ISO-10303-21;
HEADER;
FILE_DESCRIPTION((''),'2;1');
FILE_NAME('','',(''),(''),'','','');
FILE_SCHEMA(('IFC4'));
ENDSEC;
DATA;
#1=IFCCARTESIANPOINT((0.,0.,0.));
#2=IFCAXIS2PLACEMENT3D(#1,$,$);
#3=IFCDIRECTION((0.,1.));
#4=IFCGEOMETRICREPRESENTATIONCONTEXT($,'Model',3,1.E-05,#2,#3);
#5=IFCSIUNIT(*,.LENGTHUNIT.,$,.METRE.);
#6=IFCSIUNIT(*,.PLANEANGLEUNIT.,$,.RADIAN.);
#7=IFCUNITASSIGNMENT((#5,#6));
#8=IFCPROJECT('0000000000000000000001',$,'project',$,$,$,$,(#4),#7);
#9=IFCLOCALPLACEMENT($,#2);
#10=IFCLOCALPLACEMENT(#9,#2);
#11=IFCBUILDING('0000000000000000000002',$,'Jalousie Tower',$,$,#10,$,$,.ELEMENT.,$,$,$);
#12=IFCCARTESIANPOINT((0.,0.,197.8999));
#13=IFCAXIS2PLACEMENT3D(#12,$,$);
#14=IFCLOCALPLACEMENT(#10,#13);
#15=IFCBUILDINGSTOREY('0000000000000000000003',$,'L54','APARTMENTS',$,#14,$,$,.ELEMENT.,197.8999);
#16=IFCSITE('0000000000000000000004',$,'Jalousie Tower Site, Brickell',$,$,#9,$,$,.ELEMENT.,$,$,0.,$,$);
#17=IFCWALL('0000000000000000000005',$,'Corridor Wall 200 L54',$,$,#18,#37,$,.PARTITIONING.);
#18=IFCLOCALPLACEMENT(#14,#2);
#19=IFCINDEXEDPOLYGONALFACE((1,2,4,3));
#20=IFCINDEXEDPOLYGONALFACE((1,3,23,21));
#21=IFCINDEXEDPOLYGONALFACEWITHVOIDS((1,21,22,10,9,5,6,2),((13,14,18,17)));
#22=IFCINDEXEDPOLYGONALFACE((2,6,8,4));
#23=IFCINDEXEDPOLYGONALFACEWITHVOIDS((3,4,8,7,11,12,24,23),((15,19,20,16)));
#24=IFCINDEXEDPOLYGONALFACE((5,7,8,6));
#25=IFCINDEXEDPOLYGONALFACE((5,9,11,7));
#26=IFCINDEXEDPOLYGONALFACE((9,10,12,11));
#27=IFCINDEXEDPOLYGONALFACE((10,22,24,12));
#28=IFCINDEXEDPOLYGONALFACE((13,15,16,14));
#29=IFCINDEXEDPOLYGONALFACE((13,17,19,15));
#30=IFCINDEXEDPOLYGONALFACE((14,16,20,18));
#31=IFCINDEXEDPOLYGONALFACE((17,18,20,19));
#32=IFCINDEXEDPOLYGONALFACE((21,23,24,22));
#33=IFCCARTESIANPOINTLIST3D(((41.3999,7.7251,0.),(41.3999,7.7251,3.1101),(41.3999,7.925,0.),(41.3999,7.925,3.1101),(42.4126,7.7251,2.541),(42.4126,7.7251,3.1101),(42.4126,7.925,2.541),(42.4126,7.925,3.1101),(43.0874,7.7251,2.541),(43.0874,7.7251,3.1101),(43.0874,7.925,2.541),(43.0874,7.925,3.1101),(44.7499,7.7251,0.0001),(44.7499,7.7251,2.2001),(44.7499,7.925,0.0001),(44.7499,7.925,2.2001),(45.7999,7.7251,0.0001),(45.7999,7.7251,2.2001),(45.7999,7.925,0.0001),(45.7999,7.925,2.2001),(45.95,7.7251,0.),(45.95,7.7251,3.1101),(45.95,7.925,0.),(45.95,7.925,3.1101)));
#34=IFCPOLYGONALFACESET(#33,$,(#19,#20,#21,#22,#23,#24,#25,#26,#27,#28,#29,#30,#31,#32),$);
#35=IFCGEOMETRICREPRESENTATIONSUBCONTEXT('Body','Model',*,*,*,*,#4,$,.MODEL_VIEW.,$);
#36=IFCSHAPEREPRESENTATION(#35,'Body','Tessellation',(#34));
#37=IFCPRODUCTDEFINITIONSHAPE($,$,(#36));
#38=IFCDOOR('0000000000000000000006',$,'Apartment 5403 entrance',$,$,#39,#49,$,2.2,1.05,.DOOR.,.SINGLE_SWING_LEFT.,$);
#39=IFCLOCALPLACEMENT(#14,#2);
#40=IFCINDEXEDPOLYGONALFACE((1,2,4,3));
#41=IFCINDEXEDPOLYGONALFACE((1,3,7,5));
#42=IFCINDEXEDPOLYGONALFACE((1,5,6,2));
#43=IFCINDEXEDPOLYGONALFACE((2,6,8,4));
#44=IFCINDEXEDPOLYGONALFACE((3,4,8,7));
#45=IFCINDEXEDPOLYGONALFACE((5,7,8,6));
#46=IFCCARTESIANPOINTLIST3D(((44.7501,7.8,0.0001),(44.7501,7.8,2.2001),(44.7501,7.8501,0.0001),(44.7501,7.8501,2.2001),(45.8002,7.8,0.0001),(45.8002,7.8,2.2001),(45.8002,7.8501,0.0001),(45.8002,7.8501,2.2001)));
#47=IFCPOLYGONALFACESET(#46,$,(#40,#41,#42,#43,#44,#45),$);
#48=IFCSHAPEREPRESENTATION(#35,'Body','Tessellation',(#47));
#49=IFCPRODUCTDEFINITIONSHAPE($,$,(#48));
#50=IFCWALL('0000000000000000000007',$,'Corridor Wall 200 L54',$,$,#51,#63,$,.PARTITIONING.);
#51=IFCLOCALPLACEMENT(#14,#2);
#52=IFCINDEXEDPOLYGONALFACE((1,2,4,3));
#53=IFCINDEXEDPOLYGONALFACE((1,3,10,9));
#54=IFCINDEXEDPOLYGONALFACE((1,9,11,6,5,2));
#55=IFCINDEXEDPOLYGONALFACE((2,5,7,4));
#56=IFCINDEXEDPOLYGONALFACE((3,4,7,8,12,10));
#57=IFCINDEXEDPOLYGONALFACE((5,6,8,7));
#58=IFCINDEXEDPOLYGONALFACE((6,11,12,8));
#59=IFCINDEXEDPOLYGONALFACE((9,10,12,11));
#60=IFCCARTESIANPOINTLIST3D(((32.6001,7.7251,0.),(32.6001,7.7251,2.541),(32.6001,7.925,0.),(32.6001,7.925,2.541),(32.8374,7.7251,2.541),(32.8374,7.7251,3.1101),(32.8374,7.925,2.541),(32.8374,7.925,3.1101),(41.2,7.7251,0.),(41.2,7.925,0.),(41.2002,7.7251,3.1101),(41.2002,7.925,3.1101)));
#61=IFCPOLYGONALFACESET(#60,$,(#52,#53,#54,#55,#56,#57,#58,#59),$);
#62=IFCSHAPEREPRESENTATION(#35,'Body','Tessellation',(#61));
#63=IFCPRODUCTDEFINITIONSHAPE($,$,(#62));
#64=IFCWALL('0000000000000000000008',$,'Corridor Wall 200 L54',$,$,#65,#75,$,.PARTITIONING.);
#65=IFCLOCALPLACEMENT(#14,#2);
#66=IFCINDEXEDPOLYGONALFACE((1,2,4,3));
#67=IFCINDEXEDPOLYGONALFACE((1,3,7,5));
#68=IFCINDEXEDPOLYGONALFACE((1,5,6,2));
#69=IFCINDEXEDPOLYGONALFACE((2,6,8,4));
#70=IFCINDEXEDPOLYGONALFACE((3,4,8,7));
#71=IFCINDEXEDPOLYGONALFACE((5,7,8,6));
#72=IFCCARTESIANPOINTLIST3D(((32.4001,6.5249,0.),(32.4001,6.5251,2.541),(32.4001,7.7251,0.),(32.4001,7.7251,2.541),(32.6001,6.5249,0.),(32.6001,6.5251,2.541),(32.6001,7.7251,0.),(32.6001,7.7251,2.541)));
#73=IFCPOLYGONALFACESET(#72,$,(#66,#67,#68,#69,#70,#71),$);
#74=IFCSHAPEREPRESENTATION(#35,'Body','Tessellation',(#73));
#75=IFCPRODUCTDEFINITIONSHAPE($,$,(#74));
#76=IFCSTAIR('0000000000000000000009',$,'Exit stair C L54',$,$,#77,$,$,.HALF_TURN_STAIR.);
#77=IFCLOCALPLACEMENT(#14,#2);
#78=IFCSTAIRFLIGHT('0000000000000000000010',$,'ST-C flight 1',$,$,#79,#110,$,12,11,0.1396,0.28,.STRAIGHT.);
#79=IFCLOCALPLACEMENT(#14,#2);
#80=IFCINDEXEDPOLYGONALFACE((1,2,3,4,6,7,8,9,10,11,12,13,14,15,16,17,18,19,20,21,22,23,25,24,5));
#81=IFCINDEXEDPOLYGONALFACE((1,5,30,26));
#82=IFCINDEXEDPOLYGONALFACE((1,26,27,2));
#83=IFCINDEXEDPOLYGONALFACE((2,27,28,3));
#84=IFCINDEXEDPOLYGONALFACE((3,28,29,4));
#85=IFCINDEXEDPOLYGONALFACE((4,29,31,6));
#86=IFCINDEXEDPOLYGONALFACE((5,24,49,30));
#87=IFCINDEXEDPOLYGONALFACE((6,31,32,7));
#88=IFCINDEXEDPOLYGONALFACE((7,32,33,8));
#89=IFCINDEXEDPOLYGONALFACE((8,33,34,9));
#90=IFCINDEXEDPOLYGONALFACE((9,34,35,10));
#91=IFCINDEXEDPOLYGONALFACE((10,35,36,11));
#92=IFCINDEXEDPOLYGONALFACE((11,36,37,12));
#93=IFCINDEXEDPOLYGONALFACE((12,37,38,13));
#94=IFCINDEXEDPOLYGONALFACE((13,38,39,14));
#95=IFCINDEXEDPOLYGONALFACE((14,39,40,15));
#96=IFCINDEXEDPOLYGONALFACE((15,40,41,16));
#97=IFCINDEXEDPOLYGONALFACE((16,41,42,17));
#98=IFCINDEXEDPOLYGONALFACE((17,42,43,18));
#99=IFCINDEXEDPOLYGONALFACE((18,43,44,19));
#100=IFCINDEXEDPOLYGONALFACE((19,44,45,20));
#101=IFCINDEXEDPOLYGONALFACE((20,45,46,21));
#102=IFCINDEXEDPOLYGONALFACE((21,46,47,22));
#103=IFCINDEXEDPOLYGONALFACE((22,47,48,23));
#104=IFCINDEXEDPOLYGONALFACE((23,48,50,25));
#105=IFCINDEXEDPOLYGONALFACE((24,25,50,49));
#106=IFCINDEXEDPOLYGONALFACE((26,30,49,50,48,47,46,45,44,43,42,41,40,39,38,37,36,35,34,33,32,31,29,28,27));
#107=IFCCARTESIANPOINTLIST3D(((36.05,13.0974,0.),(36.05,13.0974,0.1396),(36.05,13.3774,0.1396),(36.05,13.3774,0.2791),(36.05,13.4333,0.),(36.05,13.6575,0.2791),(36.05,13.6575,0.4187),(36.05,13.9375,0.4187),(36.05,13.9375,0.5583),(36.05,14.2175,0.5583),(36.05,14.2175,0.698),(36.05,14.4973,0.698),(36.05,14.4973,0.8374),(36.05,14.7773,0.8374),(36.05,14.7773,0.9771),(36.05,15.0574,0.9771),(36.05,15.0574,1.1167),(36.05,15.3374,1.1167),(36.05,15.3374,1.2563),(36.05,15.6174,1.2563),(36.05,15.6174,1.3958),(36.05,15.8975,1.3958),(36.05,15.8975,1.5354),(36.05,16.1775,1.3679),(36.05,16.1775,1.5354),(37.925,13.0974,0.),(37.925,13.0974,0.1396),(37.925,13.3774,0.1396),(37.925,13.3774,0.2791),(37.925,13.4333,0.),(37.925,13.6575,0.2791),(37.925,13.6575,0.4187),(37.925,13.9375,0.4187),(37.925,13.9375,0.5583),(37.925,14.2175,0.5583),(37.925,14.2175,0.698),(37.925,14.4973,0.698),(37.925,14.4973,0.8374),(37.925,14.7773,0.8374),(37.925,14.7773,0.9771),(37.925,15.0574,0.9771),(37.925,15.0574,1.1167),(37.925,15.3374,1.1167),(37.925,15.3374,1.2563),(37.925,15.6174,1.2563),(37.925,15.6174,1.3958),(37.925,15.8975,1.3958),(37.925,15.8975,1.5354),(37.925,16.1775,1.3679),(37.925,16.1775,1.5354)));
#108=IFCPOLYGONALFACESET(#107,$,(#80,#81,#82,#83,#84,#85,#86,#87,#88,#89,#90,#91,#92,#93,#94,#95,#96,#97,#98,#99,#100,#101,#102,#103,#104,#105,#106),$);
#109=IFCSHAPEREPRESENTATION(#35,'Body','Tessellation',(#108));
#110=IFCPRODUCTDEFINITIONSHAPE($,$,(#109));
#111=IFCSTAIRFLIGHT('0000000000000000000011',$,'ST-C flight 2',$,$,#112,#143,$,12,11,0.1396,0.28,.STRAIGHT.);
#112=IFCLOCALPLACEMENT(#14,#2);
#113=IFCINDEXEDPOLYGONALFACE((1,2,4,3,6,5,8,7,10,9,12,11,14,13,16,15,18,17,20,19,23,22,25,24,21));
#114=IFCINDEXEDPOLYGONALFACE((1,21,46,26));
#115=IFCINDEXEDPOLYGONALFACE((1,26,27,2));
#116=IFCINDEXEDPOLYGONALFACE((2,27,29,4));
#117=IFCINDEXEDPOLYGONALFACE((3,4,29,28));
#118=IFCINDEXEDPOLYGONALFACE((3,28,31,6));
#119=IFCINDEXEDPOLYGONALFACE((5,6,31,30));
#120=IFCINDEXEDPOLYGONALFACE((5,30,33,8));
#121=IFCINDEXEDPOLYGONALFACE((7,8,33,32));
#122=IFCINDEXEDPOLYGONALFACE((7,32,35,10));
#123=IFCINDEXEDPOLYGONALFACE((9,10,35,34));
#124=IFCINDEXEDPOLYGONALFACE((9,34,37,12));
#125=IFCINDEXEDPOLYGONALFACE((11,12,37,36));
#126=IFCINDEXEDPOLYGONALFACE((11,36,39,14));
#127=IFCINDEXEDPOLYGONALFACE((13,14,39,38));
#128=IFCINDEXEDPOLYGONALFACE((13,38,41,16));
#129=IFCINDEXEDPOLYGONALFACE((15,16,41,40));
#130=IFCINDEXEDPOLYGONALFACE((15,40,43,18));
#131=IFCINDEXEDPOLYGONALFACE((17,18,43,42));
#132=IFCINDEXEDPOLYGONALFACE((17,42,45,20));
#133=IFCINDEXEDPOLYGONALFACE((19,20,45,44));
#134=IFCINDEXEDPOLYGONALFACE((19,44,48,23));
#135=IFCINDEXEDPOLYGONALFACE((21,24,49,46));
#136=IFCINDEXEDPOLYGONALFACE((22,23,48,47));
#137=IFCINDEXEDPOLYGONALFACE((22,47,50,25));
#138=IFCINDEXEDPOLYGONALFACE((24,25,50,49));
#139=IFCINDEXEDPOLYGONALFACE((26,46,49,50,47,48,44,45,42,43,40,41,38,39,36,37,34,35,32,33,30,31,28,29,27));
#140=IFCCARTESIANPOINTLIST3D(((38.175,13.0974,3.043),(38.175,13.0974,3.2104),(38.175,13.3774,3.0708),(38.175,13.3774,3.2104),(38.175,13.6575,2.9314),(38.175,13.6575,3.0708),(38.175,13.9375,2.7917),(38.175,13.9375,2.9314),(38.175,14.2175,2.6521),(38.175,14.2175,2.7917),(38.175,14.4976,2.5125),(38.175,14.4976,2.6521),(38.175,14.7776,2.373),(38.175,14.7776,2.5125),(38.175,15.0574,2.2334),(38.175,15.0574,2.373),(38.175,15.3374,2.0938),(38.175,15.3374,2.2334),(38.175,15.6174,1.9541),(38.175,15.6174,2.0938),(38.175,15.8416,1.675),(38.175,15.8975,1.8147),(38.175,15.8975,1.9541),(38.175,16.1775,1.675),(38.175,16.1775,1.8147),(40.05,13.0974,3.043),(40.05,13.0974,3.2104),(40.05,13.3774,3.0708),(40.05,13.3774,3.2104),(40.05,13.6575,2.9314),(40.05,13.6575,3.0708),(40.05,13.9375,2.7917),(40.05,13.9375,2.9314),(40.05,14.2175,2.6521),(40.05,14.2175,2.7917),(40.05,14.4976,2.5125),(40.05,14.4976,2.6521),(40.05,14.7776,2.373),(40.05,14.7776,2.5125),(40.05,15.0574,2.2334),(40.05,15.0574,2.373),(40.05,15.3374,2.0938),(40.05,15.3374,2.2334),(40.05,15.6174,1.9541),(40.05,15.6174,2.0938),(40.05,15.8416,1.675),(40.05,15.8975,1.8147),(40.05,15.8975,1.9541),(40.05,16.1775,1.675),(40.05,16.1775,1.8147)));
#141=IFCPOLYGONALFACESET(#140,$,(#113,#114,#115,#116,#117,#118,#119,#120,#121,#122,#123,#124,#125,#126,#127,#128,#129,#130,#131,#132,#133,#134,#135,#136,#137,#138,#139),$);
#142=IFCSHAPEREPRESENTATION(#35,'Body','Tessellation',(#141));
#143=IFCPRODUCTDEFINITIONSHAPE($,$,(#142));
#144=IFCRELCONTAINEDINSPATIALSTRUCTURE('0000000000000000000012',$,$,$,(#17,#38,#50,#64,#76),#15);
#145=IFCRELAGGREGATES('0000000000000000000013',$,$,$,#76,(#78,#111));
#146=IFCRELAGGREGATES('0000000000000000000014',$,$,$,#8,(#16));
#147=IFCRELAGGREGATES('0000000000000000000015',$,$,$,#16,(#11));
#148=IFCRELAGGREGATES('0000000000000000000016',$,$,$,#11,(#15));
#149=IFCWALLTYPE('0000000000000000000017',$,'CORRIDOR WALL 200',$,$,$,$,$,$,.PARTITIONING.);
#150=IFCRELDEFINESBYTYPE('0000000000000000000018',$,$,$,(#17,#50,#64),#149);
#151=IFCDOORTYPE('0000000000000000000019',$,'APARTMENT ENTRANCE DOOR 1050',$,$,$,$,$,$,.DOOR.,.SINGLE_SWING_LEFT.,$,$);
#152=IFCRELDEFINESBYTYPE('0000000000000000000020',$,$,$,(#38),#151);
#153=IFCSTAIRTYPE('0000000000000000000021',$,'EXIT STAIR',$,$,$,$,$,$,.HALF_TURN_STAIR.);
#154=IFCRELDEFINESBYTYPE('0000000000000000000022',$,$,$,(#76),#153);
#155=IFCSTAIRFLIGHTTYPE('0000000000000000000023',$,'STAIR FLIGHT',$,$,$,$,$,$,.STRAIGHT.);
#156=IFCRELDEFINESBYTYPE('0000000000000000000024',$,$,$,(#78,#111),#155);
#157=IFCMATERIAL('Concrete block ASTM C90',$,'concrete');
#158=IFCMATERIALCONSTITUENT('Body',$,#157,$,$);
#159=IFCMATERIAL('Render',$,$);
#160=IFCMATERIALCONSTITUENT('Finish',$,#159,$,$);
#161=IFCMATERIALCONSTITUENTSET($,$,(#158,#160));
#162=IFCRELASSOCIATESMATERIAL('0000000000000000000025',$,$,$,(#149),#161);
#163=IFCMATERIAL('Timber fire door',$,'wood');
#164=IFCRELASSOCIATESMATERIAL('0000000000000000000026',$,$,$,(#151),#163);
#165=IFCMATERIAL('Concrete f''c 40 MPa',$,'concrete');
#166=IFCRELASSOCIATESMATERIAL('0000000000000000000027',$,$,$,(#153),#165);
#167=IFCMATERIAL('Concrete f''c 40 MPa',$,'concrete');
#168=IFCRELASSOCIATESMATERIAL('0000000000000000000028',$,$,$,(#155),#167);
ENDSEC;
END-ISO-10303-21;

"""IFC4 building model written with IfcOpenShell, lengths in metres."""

from ifc_helpers import new_model, si_unit, direction, frame, frame_2d, origin, place, context, subcontext, project, spatial, polyline, rectangle, outline, extrude, material, constituent, constituent_set, type_object, element, fill, aggregate, save


model = new_model("IFC4")

# Units and contexts
model_context = context("Model", 3, precision=1e-05, world=origin(), true_north=direction((0.0, 1.0)))
body_context = subcontext(model_context, "Body", "Model", "MODEL_VIEW")
ifc_project = project(units=[si_unit("LENGTHUNIT", "METRE"), si_unit("PLANEANGLEUNIT", "RADIAN")], contexts=[model_context])

# Site, building, storey
site_placement = place(None, origin())
site = spatial("IfcSite", under=ifc_project, at=site_placement, Name="Jalousie Tower Site, Brickell", CompositionType="ELEMENT", RefElevation=0.0)
building_placement = place(site_placement, origin())
building = spatial("IfcBuilding", under=site, at=building_placement, Name="Jalousie Tower", CompositionType="ELEMENT")
storey_placement = place(building_placement, frame((0.0, 0.0, 197.8999)))
storey = spatial("IfcBuildingStorey", under=building, at=storey_placement, Name="L54", Description="APARTMENTS", CompositionType="ELEMENT", Elevation=197.8999)

# Wall, opening, door
ifc_material_1 = material(Name="Concrete block ASTM C90", Category="concrete")
ifc_constituent_1 = constituent(ifc_material_1, Name="Body")
ifc_material_2 = material(Name="Render")
ifc_constituent_2 = constituent(ifc_material_2, Name="Finish")
ifc_constituent_set_1 = constituent_set(constituents=[ifc_constituent_1, ifc_constituent_2])
wall_type_1 = type_object("IfcWallType", Name="CORRIDOR WALL 200", PredefinedType="PARTITIONING", material=ifc_constituent_set_1)
wall_1_placement = place(storey_placement, frame((41.3999, 7.825, 0.0), z_axis=(0.0, 0.0, 1.0), x_axis=(1.0, 0.0, 0.0)))
wall_1 = element("IfcWall", 1, at=wall_1_placement, inside=storey, type_object=wall_type_1, Name="Corridor Wall 200 L54", PredefinedType="PARTITIONING", context=body_context, shape_type="SweptSolid", body=[
    extrude(outline(polyline([(0.0, 0.0), (4.55, 0.0), (4.55, 3.1101), (1.6875, 3.1101), (1.6875, 2.541), (1.0127, 2.541), (1.0127, 3.1101), (0.0, 3.1101), (0.0, 0.0)])), frame((0.0, 0.1001, 0.0), z_axis=(0.0, -1.0, 0.0), x_axis=(1.0, 0.0, 0.0)), (0.0, 0.0, 1.0), 0.2),
])
opening_1_placement = place(wall_1_placement, frame((3.3501, 0.0, 0.0)))
opening_1 = element("IfcOpeningElement", 2, at=opening_1_placement, cuts=wall_1, PredefinedType="OPENING", context=body_context, shape_type="SweptSolid", body=[
    extrude(rectangle(XDim=1.05, YDim=2.2, at=frame_2d((0.5249, 1.1001))), frame((0.0, 0.1099, 0.0), z_axis=(0.0, -1.0, 0.0), x_axis=(1.0, 0.0, 0.0)), (0.0, 0.0, 1.0), 0.22),
])
ifc_material_3 = material(Name="Timber fire door", Category="wood")
door_type_1 = type_object("IfcDoorType", Name="APARTMENT ENTRANCE DOOR 1050", OperationType="SINGLE_SWING_LEFT", PredefinedType="DOOR", material=ifc_material_3)
door_1_placement = place(opening_1_placement, frame((1.05, 0.0, 0.0), z_axis=(0.0, 0.0, 1.0), x_axis=(-1.0, 0.0, 0.0)))
door_1 = element("IfcDoor", 3, at=door_1_placement, inside=storey, type_object=door_type_1, Name="Apartment 5403 entrance", OperationType="SINGLE_SWING_LEFT", OverallHeight=2.2, OverallWidth=1.05, PredefinedType="DOOR", context=body_context, shape_type="SweptSolid", body=[
    extrude(rectangle(XDim=1.05, YDim=2.2, at=frame_2d((0.5249, 1.1001))), frame((0.0, 0.0249, 0.0), z_axis=(0.0, -1.0, 0.0), x_axis=(1.0, 0.0, 0.0)), (0.0, 0.0, 1.0), 0.05),
])
fill(opening_1, door_1)

# Walls
wall_2_placement = place(storey_placement, frame((32.6001, 7.825, 0.0), z_axis=(0.0, 0.0, 1.0), x_axis=(1.0, 0.0, 0.0)))
element("IfcWall", 4, at=wall_2_placement, inside=storey, type_object=wall_type_1, Name="Corridor Wall 200 L54", PredefinedType="PARTITIONING", context=body_context, shape_type="SweptSolid", body=[
    extrude(outline(polyline([(0.0, 0.0), (8.5999, 0.0), (8.6001, 3.1101), (0.2373, 3.1101), (0.2373, 2.541), (0.0, 2.541), (0.0, 3.1101), (0.0, 0.0)])), frame((0.0, 0.1001, 0.0), z_axis=(0.0, -1.0, 0.0), x_axis=(1.0, 0.0, 0.0)), (0.0, 0.0, 1.0), 0.2),
])
wall_3_placement = place(storey_placement, frame((32.5, 7.7251, 0.0), z_axis=(0.0, 0.0, 1.0), x_axis=(0.0, -1.0, 0.0)))
element("IfcWall", 5, at=wall_3_placement, inside=storey, type_object=wall_type_1, Name="Corridor Wall 200 L54", PredefinedType="PARTITIONING", context=body_context, shape_type="SweptSolid", body=[
    extrude(outline(polyline([(0.0, 0.0), (1.2002, 0.0), (1.2, 3.1101), (1.2, 2.541), (0.0, 2.541), (0.0, 3.1101), (0.0, 0.0)])), frame((0.0, 0.1001, 0.0), z_axis=(0.0, -1.0, 0.0), x_axis=(1.0, 0.0, 0.0)), (0.0, 0.0, 1.0), 0.2),
])

# Stair, stair flights
ifc_material_4 = material(Name="Concrete f'c 40 MPa", Category="concrete")
stair_type = type_object("IfcStairType", Name="EXIT STAIR", PredefinedType="HALF_TURN_STAIR", material=ifc_material_4)
stair_placement = place(storey_placement, origin())
stair = element("IfcStair", 6, at=stair_placement, inside=storey, type_object=stair_type, Name="Exit stair C L54", PredefinedType="HALF_TURN_STAIR")
ifc_material_5 = material(Name="Concrete f'c 40 MPa", Category="concrete")
stair_flight_type = type_object("IfcStairFlightType", Name="STAIR FLIGHT", PredefinedType="STRAIGHT", material=ifc_material_5)
stair_flight_1_placement = place(storey_placement, frame((36.9875, 13.0974, 0.0), z_axis=(0.0, 0.0, 1.0), x_axis=(0.0, 1.0, 0.0)))
stair_flight_1 = element("IfcStairFlight", 7, at=stair_flight_1_placement, type_object=stair_flight_type, Name="ST-C flight 1", NumberOfRisers=12, NumberOfTreads=11, PredefinedType="STRAIGHT", RiserHeight=0.1396, TreadLength=0.28, context=body_context, shape_type="SweptSolid", body=[
    extrude(outline(polyline([(0.0, 0.0), (0.0, 0.1396), (0.28, 0.1396), (0.28, 0.2791), (0.5601, 0.2791), (0.5601, 0.4187), (0.8401, 0.4187), (0.8401, 0.5583), (1.1201, 0.5583), (1.1201, 0.698), (1.3999, 0.698), (1.3999, 0.8374), (1.6799, 0.8374), (1.6799, 0.9771), (1.96, 0.9771), (1.96, 1.1167), (2.24, 1.1167), (2.24, 1.2563), (2.52, 1.2563), (2.52, 1.3958), (2.8, 1.3958), (2.8, 1.5354), (3.0801, 1.5354), (3.0801, 1.675), (3.0801, 1.3679), (0.3359, 0.0), (0.0, 0.0)])), frame((0.0, 0.9375, 0.0), z_axis=(0.0, -1.0, 0.0), x_axis=(1.0, 0.0, 0.0)), (0.0, 0.0, 1.0), 1.875),
])
stair_flight_2_placement = place(storey_placement, frame((39.1125, 16.1775, 1.675), z_axis=(0.0, 0.0, 1.0), x_axis=(0.0, -1.0, 0.0)))
stair_flight_2 = element("IfcStairFlight", 8, at=stair_flight_2_placement, type_object=stair_flight_type, Name="ST-C flight 2", NumberOfRisers=12, NumberOfTreads=11, PredefinedType="STRAIGHT", RiserHeight=0.1396, TreadLength=0.28, context=body_context, shape_type="SweptSolid", body=[
    extrude(outline(polyline([(0.0, 0.0), (0.0, 0.1396), (0.28, 0.1396), (0.28, 0.2791), (0.5601, 0.2791), (0.5601, 0.4187), (0.8401, 0.4187), (0.8401, 0.5583), (1.1201, 0.5583), (1.1201, 0.698), (1.3999, 0.698), (1.3999, 0.8374), (1.6799, 0.8374), (1.6799, 0.9771), (1.96, 0.9771), (1.96, 1.1167), (2.24, 1.1167), (2.24, 1.2563), (2.52, 1.2563), (2.52, 1.3958), (2.8, 1.3958), (2.8, 1.5354), (3.0801, 1.5354), (3.0801, 1.675), (3.0801, 1.3679), (0.3359, 0.0), (0.0, 0.0)])), frame((0.0, 0.9375, 0.0), z_axis=(0.0, -1.0, 0.0), x_axis=(1.0, 0.0, 0.0)), (0.0, 0.0, 1.0), 1.875),
])
aggregate(stair, [stair_flight_1, stair_flight_2])

save(model, "model.ifc")
